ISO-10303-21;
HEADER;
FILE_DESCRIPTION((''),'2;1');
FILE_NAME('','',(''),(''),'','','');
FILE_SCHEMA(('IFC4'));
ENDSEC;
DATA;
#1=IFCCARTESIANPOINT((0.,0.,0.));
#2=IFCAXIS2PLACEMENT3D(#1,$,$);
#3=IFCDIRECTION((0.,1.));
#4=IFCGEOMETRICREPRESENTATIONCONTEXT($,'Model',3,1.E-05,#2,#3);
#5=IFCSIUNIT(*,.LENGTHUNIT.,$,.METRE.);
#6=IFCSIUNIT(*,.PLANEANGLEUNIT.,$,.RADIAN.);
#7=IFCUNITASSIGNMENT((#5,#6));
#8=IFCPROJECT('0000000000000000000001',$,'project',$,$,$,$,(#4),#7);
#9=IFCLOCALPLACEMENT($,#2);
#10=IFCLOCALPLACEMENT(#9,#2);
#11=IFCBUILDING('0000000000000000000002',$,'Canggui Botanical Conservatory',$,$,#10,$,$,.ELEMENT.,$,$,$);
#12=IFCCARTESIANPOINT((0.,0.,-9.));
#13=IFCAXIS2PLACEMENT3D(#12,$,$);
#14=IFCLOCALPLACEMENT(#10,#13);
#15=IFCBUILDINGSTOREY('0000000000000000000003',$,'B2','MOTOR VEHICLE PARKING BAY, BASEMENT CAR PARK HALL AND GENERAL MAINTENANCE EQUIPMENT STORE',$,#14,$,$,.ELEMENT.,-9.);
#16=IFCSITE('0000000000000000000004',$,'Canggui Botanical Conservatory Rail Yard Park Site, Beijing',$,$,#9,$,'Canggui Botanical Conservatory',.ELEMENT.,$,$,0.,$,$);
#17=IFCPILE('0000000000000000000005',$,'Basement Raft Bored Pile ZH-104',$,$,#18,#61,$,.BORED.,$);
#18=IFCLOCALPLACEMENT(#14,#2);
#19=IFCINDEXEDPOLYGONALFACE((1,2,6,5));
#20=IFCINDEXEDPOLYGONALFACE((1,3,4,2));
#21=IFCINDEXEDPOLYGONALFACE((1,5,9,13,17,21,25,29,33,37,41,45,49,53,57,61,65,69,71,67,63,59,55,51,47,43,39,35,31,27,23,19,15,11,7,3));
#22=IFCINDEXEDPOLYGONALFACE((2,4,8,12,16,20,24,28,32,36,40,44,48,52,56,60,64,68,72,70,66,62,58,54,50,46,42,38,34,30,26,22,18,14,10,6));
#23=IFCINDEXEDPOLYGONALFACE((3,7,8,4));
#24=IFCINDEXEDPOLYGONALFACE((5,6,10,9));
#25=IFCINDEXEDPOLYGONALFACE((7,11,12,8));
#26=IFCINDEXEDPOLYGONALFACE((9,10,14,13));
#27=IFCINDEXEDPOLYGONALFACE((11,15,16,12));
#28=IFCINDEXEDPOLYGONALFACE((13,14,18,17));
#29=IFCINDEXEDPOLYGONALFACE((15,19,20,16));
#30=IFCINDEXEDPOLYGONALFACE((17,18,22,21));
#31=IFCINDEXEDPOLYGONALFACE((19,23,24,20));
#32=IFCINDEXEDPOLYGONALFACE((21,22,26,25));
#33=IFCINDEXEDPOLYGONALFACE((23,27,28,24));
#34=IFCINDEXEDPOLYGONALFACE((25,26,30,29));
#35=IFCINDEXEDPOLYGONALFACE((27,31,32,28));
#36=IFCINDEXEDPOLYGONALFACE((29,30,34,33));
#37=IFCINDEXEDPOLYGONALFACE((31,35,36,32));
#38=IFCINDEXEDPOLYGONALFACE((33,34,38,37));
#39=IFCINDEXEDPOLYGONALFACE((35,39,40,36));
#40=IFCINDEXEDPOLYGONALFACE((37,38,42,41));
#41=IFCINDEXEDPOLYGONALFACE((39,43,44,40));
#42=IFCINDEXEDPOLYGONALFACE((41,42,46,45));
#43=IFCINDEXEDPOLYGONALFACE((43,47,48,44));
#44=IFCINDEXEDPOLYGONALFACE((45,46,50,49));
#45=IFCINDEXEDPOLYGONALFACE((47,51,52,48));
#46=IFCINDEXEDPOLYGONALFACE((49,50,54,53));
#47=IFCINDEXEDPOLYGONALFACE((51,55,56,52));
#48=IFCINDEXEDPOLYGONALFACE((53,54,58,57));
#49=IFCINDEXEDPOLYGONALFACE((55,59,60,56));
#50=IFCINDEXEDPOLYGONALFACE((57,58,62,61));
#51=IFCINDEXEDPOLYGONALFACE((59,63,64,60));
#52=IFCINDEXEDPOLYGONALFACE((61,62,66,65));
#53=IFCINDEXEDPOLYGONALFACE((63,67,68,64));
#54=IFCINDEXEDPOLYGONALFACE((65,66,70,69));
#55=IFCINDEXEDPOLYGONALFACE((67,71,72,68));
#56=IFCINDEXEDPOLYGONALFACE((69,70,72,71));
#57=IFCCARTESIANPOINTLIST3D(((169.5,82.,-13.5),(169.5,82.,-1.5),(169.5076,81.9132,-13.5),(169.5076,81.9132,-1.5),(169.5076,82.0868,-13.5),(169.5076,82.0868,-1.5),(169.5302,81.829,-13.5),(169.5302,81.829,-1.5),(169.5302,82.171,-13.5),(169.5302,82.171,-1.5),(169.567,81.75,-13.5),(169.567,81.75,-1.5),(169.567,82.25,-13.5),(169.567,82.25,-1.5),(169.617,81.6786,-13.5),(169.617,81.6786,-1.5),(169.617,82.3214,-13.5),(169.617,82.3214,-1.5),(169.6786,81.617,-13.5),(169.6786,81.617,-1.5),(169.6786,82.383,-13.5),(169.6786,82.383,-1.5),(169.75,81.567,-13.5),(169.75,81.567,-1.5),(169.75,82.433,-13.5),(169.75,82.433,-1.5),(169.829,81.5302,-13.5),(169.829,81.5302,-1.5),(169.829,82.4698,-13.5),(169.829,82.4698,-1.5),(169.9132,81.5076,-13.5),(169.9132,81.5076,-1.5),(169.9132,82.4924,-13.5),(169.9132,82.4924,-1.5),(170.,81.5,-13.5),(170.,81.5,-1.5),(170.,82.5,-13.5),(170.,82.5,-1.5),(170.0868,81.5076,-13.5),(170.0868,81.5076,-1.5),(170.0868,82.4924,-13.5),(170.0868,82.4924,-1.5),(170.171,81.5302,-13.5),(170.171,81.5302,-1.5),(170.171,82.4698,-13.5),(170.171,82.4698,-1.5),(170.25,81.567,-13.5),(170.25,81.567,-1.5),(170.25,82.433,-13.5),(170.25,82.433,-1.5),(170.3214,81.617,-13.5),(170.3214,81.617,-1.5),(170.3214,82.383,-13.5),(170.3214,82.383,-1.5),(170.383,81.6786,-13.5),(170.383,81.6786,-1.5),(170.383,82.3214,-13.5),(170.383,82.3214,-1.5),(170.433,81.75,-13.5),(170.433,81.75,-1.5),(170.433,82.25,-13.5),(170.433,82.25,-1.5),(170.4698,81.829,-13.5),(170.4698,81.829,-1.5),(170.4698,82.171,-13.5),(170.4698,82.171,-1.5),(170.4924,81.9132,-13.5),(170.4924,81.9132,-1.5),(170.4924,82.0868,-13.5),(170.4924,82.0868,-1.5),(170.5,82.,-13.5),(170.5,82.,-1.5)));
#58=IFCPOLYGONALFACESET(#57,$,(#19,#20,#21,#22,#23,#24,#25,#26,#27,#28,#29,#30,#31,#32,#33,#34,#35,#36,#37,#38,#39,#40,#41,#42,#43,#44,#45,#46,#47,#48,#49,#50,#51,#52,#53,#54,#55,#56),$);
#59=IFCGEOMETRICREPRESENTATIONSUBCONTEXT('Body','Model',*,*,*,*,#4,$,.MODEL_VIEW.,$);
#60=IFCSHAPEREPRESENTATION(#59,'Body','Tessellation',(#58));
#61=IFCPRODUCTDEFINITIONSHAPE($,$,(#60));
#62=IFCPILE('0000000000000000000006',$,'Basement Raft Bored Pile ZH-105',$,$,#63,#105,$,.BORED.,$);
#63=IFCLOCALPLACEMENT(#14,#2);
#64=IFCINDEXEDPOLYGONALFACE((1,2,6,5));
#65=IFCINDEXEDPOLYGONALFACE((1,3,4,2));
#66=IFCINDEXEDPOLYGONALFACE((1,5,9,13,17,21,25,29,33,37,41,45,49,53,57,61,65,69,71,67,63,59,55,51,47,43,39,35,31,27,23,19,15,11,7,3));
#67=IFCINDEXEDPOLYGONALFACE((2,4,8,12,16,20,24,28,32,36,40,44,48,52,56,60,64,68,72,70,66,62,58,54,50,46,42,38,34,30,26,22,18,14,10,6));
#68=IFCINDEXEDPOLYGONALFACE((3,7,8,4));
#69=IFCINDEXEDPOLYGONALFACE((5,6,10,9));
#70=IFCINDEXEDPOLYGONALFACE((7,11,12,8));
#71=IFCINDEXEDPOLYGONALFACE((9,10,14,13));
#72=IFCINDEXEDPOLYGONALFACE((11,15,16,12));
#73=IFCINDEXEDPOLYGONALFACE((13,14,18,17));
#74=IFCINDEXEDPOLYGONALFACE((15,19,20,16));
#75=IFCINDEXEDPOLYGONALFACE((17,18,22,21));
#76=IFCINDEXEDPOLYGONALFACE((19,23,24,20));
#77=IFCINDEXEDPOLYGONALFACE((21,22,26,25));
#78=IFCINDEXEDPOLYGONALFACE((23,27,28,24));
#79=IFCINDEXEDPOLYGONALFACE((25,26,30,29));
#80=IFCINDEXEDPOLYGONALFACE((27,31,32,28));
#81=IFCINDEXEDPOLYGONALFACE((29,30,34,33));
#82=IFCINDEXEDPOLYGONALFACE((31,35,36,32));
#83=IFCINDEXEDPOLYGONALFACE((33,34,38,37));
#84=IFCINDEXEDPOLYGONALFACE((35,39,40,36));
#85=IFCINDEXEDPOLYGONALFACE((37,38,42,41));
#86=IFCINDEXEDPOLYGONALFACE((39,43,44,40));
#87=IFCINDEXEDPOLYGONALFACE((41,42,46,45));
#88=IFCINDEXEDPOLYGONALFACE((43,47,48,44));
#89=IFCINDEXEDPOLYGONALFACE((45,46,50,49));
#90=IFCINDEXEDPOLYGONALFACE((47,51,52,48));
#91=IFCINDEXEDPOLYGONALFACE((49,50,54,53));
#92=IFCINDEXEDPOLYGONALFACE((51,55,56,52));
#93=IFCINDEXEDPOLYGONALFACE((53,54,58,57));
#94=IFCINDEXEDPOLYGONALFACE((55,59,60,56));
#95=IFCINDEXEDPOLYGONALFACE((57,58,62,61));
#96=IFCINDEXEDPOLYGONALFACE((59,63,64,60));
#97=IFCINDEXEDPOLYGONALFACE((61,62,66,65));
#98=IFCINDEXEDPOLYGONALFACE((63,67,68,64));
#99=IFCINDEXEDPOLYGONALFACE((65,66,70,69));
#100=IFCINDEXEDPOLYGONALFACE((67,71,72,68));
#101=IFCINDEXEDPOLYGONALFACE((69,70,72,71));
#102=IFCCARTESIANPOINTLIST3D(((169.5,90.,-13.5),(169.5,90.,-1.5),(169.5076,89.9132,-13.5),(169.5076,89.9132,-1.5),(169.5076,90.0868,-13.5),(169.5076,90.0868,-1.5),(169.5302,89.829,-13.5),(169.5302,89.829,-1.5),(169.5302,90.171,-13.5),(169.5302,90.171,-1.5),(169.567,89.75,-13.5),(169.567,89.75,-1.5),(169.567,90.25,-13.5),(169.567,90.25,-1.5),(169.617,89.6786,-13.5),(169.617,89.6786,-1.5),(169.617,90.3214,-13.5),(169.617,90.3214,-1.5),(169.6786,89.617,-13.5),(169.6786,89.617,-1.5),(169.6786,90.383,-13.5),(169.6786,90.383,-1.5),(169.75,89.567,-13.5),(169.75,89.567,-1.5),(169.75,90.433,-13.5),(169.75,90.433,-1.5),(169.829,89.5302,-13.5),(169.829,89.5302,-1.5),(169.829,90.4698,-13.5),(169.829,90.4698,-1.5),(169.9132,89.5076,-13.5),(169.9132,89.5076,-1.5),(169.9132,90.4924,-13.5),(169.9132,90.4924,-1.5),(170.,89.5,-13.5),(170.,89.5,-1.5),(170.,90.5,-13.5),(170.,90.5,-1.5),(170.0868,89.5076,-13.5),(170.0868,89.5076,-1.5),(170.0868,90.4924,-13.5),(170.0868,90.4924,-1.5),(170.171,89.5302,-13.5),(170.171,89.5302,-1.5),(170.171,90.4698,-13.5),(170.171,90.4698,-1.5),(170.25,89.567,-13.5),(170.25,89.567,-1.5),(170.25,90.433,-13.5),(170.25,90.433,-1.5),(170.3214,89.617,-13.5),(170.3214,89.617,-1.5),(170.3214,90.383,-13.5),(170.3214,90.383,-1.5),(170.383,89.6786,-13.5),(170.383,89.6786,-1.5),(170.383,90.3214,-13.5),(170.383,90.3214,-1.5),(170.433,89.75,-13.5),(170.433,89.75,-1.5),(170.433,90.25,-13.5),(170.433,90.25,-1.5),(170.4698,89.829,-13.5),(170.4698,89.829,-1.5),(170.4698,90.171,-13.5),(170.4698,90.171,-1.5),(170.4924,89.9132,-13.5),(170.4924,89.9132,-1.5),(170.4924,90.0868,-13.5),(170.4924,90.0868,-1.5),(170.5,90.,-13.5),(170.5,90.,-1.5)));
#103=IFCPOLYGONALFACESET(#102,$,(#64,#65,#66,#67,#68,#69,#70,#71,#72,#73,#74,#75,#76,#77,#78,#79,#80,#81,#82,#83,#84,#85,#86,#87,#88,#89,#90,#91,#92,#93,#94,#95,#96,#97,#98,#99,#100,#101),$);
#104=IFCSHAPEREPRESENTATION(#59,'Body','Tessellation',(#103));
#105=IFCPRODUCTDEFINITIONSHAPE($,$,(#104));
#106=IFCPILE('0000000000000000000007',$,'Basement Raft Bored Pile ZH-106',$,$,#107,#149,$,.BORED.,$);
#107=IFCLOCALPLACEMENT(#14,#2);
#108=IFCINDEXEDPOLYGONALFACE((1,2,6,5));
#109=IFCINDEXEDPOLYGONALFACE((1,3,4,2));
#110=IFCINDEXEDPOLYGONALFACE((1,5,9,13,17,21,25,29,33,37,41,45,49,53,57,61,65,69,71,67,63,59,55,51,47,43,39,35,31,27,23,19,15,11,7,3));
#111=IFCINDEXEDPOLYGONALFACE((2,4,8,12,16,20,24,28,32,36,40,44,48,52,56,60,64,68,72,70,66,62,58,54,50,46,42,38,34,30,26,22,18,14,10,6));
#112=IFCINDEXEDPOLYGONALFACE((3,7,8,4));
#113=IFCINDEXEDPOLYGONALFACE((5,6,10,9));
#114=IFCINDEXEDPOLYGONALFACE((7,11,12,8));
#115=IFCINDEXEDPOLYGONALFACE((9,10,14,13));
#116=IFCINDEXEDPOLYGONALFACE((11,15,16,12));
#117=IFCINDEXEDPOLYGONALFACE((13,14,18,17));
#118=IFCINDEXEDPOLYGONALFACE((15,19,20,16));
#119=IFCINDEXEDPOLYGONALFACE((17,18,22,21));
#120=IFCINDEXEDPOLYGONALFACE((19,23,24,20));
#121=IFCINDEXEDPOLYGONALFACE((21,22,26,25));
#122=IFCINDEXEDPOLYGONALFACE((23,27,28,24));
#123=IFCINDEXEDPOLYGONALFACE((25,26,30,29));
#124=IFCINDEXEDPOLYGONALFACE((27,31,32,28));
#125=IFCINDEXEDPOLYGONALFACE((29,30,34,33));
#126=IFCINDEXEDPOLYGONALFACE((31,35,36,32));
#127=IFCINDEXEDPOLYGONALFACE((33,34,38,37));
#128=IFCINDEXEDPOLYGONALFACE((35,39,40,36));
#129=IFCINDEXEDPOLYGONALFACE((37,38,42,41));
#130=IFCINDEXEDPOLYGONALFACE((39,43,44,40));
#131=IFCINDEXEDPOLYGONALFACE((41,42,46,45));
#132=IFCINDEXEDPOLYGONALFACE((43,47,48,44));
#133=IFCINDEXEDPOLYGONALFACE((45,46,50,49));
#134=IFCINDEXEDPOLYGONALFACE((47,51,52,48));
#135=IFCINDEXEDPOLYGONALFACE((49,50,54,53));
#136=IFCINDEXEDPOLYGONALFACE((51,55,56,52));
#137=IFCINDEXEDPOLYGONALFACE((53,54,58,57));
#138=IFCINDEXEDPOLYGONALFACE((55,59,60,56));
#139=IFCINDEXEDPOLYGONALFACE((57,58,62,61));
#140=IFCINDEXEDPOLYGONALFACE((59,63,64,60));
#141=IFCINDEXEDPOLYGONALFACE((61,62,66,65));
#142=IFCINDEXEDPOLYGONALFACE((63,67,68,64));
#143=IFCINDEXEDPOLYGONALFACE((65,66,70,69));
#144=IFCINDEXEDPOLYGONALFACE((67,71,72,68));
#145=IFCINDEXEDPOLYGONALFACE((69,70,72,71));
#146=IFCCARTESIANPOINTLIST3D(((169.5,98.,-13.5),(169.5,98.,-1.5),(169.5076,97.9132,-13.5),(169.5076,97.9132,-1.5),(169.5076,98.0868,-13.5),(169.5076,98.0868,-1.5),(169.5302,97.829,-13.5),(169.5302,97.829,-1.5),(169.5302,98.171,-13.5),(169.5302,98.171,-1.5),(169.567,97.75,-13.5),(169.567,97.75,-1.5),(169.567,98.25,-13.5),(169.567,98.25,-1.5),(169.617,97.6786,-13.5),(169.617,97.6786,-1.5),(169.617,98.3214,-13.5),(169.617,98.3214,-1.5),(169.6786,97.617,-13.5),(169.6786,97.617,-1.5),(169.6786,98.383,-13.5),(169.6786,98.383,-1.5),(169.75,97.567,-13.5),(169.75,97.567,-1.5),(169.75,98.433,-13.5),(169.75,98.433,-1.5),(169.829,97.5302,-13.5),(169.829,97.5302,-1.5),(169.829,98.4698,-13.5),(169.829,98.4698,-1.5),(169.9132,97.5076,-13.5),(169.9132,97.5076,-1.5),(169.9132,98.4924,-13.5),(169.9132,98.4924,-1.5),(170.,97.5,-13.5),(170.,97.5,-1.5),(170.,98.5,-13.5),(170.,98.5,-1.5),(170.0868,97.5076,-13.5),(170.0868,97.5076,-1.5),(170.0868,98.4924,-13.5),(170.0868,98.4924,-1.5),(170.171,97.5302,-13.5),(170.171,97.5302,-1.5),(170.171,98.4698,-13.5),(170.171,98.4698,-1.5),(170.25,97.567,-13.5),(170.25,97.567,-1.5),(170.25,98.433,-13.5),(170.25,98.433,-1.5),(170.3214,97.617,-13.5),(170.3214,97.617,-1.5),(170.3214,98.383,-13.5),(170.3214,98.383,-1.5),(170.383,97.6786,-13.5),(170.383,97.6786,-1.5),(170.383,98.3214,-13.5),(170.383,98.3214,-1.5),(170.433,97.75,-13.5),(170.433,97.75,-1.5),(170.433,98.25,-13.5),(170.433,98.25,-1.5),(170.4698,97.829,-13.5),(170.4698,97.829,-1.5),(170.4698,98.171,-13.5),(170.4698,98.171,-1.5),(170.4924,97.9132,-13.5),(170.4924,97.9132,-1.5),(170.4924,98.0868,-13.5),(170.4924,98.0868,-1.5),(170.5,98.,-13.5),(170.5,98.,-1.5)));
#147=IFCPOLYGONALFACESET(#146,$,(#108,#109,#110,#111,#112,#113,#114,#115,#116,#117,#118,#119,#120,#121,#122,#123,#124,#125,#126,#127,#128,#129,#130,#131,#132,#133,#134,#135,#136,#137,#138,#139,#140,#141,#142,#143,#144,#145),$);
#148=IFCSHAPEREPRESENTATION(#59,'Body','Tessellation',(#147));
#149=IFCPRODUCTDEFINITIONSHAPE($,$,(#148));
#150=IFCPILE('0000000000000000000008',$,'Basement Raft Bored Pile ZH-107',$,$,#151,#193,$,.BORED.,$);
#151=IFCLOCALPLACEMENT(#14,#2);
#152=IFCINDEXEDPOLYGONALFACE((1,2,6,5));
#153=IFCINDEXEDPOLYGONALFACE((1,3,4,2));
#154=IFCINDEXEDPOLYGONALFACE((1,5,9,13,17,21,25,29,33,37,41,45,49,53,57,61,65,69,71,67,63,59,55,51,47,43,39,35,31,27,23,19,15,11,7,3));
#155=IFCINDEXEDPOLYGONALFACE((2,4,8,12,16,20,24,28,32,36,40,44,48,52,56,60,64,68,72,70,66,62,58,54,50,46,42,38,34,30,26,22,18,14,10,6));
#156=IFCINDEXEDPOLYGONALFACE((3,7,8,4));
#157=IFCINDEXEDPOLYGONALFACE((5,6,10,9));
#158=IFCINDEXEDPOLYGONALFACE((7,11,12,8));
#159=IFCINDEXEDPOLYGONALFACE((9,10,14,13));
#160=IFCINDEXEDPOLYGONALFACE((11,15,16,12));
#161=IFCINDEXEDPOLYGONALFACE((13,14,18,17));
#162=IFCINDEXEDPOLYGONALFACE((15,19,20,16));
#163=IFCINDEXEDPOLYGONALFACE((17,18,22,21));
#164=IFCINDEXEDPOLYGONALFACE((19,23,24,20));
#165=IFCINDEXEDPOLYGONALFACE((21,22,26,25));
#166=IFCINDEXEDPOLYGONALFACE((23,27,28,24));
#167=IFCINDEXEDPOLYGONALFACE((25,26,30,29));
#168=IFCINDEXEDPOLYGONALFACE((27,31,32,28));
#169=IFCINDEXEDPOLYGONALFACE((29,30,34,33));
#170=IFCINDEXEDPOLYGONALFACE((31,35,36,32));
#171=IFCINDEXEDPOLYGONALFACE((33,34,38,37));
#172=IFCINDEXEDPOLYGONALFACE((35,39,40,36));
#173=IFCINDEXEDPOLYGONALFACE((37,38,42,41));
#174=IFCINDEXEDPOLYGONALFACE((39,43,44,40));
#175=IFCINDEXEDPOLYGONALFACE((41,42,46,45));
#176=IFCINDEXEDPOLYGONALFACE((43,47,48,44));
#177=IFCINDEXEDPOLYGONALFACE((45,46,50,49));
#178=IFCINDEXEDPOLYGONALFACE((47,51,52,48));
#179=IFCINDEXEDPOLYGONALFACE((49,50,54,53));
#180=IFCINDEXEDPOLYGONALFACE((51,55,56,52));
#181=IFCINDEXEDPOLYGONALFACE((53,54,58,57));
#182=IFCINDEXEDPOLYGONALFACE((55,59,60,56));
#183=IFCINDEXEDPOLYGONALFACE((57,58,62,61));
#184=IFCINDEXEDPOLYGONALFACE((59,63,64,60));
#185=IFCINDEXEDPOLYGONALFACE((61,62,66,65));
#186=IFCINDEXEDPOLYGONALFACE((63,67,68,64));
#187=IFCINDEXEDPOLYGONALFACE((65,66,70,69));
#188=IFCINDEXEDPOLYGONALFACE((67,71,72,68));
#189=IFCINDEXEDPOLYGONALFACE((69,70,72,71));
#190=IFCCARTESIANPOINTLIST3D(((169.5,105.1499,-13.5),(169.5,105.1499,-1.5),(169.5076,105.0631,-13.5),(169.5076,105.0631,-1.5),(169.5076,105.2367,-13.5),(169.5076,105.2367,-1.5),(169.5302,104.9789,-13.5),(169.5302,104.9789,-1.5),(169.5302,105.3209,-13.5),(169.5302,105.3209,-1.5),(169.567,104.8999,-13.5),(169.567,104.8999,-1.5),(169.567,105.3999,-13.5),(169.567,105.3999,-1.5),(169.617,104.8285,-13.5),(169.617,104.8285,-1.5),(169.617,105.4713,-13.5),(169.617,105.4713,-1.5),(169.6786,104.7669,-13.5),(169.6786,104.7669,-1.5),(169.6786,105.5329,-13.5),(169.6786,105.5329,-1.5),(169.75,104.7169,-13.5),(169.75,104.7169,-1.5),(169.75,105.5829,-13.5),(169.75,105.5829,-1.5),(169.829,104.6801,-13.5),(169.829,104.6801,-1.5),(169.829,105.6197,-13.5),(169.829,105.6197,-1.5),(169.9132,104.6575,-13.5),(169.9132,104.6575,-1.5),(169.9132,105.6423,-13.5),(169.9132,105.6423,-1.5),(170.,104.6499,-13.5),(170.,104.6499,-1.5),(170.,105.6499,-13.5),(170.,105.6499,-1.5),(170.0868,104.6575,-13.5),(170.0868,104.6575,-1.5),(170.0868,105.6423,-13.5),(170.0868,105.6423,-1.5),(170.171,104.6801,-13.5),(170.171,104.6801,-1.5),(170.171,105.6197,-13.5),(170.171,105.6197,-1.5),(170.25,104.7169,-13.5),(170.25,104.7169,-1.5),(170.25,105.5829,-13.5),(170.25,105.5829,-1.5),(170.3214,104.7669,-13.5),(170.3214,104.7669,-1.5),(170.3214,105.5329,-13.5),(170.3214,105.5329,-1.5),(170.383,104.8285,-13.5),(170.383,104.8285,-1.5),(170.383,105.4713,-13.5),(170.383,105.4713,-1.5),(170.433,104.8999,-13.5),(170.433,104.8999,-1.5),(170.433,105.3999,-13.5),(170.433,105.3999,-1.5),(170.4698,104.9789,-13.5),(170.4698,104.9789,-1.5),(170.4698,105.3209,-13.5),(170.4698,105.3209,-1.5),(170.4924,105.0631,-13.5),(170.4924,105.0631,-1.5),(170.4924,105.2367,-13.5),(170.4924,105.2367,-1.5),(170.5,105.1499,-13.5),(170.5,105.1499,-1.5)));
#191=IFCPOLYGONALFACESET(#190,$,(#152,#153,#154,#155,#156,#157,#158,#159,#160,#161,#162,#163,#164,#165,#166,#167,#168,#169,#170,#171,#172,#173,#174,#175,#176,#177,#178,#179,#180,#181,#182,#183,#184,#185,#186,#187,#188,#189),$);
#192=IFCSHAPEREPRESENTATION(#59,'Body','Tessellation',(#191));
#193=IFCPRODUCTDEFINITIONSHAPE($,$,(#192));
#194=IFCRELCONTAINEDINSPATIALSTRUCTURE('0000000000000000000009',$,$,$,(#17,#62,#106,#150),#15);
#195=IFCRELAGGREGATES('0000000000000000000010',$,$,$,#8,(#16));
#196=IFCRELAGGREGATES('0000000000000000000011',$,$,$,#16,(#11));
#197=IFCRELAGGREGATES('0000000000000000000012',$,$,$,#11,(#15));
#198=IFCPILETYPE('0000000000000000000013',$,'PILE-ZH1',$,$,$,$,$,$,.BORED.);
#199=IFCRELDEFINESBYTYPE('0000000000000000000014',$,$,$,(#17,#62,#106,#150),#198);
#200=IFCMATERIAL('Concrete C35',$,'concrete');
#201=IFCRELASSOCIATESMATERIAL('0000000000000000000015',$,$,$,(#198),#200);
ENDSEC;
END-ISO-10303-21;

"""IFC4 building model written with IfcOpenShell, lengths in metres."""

from ifc_helpers import new_model, si_unit, direction, frame, origin, origin_2d, place, context, subcontext, project, spatial, circle, extrude, material, material_profile, profile_set, type_object, element, save


model = new_model("IFC4")

# Units and contexts
model_context = context("Model", 3, precision=1e-05, world=origin(), true_north=direction((0.0, 1.0)))
body_context = subcontext(model_context, "Body", "Model", "MODEL_VIEW")
ifc_project = project(units=[si_unit("LENGTHUNIT", "METRE"), si_unit("PLANEANGLEUNIT", "RADIAN")], contexts=[model_context])

# Site, building, storey
site_placement = place(None, origin())
site = spatial("IfcSite", under=ifc_project, at=site_placement, Name="Canggui Botanical Conservatory Rail Yard Park Site, Beijing", LongName="Canggui Botanical Conservatory", CompositionType="ELEMENT", RefElevation=0.0)
building_placement = place(site_placement, origin())
building = spatial("IfcBuilding", under=site, at=building_placement, Name="Canggui Botanical Conservatory", CompositionType="ELEMENT")
storey_placement = place(building_placement, frame((0.0, 0.0, -9.0)))
storey = spatial("IfcBuildingStorey", under=building, at=storey_placement, Name="B2", Description="MOTOR VEHICLE PARKING BAY, BASEMENT CAR PARK HALL AND GENERAL MAINTENANCE EQUIPMENT STORE", CompositionType="ELEMENT", Elevation=-9.0)

# Piles
ifc_material_1 = material(Name="Concrete C35", Category="concrete")
ifc_material_profile_1 = material_profile(ifc_material_1, circle(Radius=0.5, at=origin_2d()), Name="PILE D1000")
ifc_profile_set_1 = profile_set([ifc_material_profile_1], Name="Concrete C35")
pile_type = type_object("IfcPileType", Name="PILE-ZH1", PredefinedType="BORED", material=ifc_profile_set_1)
for number, where, z_axis, x_axis, name in (
    (1, (170.0, 82.0, -1.5), (0.0, 0.0, -1.0), (1.0, 0.0, 0.0), "Basement Raft Bored Pile ZH-104"),
    (2, (170.0, 90.0, -1.5), (0.0, 0.0, -1.0), (1.0, 0.0, 0.0), "Basement Raft Bored Pile ZH-105"),
    (3, (170.0, 98.0, -1.5), (0.0, 0.0, -1.0), (1.0, 0.0, 0.0), "Basement Raft Bored Pile ZH-106"),
    (4, (170.0, 105.1499, -1.5), (0.0, 0.0, -1.0), (1.0, 0.0, 0.0), "Basement Raft Bored Pile ZH-107"),
):
    element("IfcPile", number, at=place(storey_placement, frame(where, z_axis=z_axis, x_axis=x_axis)), inside=storey, type_object=pile_type, Name=name, PredefinedType="BORED", context=body_context, shape_type="SweptSolid", body=[
        extrude(circle(Radius=0.5, at=origin_2d()), origin(), (0.0, 0.0, 1.0), 12.0),
    ])

save(model, "model.ifc")
